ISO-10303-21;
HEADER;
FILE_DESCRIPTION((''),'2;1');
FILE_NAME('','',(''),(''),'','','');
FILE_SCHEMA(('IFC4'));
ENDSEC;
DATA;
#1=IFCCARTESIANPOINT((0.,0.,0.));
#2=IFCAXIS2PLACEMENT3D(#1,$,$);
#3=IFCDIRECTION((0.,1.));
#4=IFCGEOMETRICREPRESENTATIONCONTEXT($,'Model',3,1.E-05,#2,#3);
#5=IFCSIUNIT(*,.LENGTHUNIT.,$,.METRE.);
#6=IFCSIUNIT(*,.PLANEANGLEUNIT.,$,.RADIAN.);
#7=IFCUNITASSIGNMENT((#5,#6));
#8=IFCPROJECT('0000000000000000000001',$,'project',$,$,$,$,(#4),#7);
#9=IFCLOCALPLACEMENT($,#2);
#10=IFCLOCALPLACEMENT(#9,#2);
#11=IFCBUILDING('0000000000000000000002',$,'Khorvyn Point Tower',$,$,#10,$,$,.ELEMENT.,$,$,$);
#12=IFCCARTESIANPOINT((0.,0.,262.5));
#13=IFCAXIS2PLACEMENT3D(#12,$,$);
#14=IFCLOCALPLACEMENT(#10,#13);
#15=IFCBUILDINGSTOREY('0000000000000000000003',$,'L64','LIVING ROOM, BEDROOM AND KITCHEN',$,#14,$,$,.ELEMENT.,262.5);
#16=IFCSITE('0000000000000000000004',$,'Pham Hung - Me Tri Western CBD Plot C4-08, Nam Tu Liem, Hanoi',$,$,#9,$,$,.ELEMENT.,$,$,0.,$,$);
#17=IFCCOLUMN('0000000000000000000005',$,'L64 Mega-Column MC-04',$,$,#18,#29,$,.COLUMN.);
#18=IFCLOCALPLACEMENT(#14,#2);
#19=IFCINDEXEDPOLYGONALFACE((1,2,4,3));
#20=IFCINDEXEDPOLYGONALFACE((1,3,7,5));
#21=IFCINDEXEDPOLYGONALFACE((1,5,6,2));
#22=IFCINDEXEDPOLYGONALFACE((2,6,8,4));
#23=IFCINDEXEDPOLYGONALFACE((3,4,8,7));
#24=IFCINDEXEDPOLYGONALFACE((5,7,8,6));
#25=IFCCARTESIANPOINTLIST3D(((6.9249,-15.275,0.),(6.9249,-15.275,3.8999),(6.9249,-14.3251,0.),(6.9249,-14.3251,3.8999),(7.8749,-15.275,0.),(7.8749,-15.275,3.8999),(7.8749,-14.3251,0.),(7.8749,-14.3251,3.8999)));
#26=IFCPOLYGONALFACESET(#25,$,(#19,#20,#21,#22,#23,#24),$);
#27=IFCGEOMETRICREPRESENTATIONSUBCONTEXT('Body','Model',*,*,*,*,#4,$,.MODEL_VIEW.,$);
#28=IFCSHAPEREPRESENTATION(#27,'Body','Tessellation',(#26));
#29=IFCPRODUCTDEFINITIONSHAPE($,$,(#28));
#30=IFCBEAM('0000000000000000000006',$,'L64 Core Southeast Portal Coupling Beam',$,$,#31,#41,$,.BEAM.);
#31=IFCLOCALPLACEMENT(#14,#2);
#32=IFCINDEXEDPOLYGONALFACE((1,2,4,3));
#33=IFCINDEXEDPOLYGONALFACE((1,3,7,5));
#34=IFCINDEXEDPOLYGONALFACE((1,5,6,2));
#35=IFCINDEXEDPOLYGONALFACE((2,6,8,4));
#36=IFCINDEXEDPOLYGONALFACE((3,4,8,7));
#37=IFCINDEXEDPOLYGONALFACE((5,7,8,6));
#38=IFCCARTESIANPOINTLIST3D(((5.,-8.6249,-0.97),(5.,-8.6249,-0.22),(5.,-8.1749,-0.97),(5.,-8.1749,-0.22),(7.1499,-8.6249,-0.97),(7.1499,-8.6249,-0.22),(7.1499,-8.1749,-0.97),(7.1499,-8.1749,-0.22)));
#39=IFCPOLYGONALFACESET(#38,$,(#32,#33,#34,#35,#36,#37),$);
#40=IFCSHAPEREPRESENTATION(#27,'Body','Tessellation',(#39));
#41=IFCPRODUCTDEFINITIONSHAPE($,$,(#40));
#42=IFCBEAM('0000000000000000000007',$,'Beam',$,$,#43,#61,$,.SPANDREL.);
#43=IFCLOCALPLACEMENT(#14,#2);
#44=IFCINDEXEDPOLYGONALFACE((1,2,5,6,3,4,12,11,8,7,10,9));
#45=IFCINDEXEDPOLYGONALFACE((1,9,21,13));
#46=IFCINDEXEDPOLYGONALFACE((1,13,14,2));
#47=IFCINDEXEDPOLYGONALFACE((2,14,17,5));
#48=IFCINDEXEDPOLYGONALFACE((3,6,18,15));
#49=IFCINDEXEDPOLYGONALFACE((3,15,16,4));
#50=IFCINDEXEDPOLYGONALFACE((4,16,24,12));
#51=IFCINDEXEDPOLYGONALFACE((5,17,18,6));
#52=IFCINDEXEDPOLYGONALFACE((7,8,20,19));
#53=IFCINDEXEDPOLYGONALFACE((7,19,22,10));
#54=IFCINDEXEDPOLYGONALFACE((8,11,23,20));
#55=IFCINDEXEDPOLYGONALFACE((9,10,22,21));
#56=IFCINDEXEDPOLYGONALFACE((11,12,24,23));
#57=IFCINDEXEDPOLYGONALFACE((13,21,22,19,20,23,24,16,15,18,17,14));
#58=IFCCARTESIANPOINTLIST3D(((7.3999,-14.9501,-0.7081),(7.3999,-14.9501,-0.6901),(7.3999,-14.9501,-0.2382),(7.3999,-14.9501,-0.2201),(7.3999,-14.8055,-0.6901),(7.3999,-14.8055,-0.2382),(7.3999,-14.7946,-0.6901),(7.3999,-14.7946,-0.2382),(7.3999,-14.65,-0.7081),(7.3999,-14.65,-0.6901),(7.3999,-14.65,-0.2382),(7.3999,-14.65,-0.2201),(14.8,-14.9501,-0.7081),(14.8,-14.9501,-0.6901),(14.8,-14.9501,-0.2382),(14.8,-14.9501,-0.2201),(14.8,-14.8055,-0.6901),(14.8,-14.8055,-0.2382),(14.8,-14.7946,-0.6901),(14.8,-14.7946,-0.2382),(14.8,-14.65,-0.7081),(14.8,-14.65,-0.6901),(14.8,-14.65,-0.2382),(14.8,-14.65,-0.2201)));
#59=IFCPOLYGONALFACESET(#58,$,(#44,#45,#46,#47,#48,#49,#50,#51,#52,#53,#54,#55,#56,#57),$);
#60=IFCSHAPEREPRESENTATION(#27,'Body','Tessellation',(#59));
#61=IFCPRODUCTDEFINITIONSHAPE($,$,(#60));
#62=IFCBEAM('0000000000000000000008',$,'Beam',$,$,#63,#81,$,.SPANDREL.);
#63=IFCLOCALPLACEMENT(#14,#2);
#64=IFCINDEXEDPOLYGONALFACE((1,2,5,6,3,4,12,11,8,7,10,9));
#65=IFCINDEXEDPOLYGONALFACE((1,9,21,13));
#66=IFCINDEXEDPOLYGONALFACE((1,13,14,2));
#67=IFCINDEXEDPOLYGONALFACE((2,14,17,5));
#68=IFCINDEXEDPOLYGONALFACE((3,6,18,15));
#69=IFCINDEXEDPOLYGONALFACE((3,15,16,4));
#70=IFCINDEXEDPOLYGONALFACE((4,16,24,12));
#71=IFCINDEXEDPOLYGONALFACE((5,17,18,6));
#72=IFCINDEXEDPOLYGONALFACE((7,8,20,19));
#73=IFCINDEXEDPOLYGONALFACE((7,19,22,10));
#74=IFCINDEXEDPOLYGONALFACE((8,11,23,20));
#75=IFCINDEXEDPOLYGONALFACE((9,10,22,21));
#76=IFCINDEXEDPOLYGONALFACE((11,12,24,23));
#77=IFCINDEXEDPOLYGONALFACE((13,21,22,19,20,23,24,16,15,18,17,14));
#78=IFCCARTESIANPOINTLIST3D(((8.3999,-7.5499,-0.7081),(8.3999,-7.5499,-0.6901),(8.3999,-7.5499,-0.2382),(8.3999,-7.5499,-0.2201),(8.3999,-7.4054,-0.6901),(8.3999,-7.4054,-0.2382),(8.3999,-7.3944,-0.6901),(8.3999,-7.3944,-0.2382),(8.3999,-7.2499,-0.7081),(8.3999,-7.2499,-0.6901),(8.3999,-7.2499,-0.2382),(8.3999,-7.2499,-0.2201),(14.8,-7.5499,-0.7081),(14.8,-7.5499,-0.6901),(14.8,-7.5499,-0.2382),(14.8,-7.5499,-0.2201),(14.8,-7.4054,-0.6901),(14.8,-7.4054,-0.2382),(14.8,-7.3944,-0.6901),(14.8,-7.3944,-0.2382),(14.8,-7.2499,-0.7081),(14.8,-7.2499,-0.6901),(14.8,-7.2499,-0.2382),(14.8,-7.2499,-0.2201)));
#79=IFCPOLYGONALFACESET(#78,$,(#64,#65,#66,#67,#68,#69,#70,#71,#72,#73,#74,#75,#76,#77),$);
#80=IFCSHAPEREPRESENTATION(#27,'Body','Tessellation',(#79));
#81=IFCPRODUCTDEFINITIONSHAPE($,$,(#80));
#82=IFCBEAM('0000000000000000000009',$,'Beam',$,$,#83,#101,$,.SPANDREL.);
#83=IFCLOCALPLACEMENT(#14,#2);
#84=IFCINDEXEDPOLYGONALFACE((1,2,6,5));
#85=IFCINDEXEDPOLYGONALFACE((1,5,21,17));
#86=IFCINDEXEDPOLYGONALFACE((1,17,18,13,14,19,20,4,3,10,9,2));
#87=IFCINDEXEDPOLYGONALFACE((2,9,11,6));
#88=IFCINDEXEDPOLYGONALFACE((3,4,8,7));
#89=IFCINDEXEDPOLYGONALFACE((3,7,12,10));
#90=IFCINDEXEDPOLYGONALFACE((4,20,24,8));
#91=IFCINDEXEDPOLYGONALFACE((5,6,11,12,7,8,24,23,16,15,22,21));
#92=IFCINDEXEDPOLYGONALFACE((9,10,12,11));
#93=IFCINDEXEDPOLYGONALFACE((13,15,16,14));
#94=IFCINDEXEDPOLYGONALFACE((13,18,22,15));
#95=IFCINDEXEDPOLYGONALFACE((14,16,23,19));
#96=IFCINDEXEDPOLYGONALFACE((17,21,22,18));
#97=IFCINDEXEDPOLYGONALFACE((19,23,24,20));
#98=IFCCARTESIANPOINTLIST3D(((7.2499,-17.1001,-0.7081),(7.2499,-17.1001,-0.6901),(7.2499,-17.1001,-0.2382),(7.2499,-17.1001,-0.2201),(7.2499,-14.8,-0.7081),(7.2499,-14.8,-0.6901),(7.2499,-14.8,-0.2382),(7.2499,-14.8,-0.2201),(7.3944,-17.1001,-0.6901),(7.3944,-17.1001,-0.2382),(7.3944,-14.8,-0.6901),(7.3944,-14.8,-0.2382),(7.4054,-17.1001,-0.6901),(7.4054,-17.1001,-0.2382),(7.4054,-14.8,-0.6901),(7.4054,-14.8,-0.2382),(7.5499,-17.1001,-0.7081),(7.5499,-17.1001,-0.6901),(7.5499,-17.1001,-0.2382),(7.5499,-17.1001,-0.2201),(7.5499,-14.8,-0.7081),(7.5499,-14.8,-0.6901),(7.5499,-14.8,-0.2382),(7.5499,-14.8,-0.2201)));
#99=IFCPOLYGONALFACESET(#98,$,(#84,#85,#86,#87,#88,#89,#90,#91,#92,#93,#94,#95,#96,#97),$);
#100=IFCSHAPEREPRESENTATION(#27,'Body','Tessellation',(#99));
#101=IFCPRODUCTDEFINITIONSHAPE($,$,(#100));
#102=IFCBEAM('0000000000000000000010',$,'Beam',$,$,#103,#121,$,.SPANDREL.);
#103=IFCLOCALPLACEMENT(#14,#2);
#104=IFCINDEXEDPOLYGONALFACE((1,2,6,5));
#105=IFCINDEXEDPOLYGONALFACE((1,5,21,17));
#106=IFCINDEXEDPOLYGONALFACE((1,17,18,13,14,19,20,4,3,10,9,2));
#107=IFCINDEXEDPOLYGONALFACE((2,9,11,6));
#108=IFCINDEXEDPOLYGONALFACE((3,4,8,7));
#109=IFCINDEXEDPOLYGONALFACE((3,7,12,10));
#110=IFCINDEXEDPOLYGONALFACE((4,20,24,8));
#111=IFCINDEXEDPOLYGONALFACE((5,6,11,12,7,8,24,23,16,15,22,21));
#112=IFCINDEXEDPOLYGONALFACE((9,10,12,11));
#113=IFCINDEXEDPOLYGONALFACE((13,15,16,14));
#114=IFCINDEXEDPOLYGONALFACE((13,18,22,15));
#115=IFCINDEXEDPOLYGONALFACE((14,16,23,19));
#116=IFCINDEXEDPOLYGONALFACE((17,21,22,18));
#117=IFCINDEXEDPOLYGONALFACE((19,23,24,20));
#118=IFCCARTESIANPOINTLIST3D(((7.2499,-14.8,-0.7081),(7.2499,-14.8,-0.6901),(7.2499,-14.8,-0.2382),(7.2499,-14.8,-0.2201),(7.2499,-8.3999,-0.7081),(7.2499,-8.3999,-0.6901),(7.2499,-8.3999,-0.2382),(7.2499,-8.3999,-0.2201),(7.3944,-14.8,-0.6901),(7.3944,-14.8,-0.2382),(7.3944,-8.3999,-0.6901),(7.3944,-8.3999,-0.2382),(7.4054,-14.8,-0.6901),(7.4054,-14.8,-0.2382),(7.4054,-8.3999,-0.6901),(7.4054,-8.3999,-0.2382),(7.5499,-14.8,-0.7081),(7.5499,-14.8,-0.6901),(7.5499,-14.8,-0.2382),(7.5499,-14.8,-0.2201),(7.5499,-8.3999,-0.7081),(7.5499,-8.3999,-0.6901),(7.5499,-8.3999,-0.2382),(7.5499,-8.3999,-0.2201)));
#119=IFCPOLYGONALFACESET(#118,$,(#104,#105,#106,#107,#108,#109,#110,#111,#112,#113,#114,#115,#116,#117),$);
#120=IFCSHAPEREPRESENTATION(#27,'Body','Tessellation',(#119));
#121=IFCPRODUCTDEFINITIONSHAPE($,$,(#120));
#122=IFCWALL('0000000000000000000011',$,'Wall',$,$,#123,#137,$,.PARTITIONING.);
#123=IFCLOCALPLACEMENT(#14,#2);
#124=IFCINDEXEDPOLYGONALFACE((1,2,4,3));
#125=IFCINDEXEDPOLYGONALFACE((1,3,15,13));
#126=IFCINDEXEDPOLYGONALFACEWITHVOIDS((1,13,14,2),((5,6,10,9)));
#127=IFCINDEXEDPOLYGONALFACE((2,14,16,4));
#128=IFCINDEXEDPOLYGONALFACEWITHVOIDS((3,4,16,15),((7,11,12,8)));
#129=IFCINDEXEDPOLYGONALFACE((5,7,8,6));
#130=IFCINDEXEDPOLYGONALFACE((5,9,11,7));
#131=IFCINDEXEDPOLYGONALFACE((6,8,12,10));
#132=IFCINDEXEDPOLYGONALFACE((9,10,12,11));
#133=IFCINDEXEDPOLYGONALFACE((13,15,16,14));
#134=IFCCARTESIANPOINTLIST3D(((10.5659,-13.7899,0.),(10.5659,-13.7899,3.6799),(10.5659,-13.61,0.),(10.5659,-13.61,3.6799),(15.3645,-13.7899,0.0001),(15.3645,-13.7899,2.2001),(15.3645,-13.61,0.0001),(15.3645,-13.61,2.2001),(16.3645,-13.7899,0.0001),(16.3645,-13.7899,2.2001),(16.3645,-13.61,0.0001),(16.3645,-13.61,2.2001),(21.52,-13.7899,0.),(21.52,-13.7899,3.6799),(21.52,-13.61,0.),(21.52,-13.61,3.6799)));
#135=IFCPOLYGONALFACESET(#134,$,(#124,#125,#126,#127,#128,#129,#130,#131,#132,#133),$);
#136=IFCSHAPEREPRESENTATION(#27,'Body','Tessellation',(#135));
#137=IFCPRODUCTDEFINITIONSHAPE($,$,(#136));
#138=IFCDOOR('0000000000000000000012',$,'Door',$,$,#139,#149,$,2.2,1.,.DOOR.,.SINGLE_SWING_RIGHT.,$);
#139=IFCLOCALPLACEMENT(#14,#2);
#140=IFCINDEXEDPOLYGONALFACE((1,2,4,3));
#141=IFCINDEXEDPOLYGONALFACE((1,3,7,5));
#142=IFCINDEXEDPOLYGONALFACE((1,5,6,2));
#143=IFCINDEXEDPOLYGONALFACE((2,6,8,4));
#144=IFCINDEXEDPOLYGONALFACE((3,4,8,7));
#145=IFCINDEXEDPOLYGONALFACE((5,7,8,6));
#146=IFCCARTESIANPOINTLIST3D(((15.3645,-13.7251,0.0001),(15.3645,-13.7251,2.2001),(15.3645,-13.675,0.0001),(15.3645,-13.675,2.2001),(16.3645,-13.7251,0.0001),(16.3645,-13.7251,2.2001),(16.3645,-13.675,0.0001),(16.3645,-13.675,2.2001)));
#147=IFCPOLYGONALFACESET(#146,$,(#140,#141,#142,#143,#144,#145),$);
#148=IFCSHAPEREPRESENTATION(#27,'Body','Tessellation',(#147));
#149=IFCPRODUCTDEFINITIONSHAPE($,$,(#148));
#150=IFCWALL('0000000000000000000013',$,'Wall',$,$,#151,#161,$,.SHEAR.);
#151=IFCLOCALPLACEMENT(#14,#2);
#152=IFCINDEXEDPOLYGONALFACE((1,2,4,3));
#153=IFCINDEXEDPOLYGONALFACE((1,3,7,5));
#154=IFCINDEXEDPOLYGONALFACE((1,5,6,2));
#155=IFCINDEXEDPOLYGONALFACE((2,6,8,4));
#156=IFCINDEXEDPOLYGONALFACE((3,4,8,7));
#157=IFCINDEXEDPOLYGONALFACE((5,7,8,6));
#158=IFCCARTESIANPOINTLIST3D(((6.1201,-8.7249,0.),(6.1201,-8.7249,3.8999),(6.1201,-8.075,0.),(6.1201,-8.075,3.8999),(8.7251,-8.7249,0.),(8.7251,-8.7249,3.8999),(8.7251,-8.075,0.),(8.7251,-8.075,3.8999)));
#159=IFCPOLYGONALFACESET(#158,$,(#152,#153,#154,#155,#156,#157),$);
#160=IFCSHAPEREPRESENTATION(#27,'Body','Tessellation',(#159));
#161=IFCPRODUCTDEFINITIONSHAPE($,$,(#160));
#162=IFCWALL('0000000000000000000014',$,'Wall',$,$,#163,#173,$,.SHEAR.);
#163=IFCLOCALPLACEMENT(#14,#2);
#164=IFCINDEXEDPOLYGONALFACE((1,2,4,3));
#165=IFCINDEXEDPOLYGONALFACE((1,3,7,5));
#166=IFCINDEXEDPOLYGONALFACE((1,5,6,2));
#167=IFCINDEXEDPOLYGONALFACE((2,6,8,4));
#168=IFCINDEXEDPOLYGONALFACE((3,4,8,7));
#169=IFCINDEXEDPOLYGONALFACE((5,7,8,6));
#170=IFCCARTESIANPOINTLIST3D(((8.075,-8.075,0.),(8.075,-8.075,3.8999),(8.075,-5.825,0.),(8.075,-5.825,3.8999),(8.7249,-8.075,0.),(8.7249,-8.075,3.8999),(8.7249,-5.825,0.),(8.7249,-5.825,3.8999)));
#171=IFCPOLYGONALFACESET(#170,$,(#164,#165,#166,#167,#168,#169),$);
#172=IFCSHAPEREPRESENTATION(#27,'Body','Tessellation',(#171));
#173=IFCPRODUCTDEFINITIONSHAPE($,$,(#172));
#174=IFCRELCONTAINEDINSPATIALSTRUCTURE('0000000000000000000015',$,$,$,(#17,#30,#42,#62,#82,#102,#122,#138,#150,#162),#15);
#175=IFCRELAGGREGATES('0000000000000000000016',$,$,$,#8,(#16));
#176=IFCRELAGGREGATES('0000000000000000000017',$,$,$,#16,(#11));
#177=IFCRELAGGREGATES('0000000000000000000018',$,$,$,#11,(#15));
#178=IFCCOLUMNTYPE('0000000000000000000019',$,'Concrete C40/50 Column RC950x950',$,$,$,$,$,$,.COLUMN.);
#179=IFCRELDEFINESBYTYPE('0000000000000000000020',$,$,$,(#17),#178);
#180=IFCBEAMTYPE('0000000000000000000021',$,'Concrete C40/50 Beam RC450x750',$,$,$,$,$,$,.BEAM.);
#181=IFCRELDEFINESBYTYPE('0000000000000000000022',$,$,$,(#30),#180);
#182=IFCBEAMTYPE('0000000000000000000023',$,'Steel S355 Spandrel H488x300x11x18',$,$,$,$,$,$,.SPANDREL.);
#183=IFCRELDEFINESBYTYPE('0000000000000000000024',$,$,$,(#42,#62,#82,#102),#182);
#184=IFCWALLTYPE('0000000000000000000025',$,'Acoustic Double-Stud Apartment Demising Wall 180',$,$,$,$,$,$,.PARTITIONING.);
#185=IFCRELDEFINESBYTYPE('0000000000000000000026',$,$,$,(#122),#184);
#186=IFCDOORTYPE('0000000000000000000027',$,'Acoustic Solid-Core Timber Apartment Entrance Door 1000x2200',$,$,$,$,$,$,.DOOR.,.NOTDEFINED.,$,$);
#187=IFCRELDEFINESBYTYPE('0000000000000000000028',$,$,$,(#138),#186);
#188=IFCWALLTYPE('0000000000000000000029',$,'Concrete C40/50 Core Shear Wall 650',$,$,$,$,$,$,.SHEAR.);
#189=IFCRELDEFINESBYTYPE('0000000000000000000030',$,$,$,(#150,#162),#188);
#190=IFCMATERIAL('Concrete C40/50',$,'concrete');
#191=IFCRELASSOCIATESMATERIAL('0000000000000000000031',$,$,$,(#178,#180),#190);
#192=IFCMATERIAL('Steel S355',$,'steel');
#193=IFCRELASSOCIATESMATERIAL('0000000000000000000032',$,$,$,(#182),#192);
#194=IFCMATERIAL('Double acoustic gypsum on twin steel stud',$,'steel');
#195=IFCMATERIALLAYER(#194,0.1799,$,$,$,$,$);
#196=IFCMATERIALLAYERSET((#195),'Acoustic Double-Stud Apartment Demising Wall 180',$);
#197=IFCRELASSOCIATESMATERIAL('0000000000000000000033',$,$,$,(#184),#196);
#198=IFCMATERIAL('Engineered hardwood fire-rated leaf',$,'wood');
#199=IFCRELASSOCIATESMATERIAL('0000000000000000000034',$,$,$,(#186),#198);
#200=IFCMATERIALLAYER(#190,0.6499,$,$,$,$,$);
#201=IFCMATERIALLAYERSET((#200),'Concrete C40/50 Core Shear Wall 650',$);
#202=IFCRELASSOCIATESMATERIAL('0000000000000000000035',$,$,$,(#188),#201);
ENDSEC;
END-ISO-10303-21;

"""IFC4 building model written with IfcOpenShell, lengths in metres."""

from ifc_helpers import new_model, si_unit, direction, frame, frame_2d, origin, origin_2d, place, context, subcontext, project, spatial, rectangle, i_section, extrude, material, layer, layer_set, material_profile, profile_set, type_object, element, fill, save


model = new_model("IFC4")

# Units and contexts
model_context = context("Model", 3, precision=1e-05, world=origin(), true_north=direction((0.0, 1.0)))
body_context = subcontext(model_context, "Body", "Model", "MODEL_VIEW")
ifc_project = project(units=[si_unit("LENGTHUNIT", "METRE"), si_unit("PLANEANGLEUNIT", "RADIAN")], contexts=[model_context])

# Site, building, storey
site_placement = place(None, origin())
site = spatial("IfcSite", under=ifc_project, at=site_placement, Name="Pham Hung - Me Tri Western CBD Plot C4-08, Nam Tu Liem, Hanoi", CompositionType="ELEMENT", RefElevation=0.0)
building_placement = place(site_placement, origin())
building = spatial("IfcBuilding", under=site, at=building_placement, Name="Khorvyn Point Tower", CompositionType="ELEMENT")
storey_placement = place(building_placement, frame((0.0, 0.0, 262.5)))
storey = spatial("IfcBuildingStorey", under=building, at=storey_placement, Name="L64", Description="LIVING ROOM, BEDROOM AND KITCHEN", CompositionType="ELEMENT", Elevation=262.5)

# Column
ifc_material_1 = material(Name="Concrete C40/50", Category="concrete")
ifc_material_profile_1 = material_profile(ifc_material_1, rectangle(XDim=0.95, YDim=0.95, at=origin_2d()))
ifc_profile_set_1 = profile_set([ifc_material_profile_1], Name="Concrete C40/50 RC950x950")
column_type = type_object("IfcColumnType", Name="Concrete C40/50 Column RC950x950", PredefinedType="COLUMN", material=ifc_profile_set_1)
column_placement = place(storey_placement, frame((7.3999, -14.8, 0.0), z_axis=(0.0, 0.0, 1.0), x_axis=(1.0, 0.0, 0.0)))
element("IfcColumn", 1, at=column_placement, inside=storey, type_object=column_type, Name="L64 Mega-Column MC-04", PredefinedType="COLUMN", context=body_context, shape_type="SweptSolid", body=[
    extrude(rectangle(XDim=0.95, YDim=0.95, at=origin_2d()), origin(), (0.0, 0.0, 1.0), 3.8999),
])

# Beams
ifc_material_profile_2 = material_profile(ifc_material_1, rectangle(XDim=0.45, YDim=0.75, at=origin_2d()))
ifc_profile_set_2 = profile_set([ifc_material_profile_2], Name="Concrete C40/50 RC450x750")
beam_type_1 = type_object("IfcBeamType", Name="Concrete C40/50 Beam RC450x750", PredefinedType="BEAM", material=ifc_profile_set_2)
beam_1_placement = place(storey_placement, frame((5.0, -8.3999, -0.595), z_axis=(1.0, 0.0, 0.0), x_axis=(0.0, 1.0, 0.0)))
element("IfcBeam", 2, at=beam_1_placement, inside=storey, type_object=beam_type_1, Name="L64 Core Southeast Portal Coupling Beam", PredefinedType="BEAM", context=body_context, shape_type="SweptSolid", body=[
    extrude(rectangle(XDim=0.45, YDim=0.75, at=origin_2d()), origin(), (0.0, 0.0, 1.0), 2.1499),
])
ifc_material_2 = material(Name="Steel S355", Category="steel")
ifc_material_profile_3 = material_profile(ifc_material_2, i_section(OverallWidth=0.3, OverallDepth=0.488, WebThickness=0.011, FlangeThickness=0.0181, at=origin_2d()))
ifc_profile_set_3 = profile_set([ifc_material_profile_3], Name="Steel S355 H488x300x11x18")
beam_type_2 = type_object("IfcBeamType", Name="Steel S355 Spandrel H488x300x11x18", PredefinedType="SPANDREL", material=ifc_profile_set_3)
beam_2_placement = place(storey_placement, frame((7.3999, -14.8, -0.4641), z_axis=(1.0, 0.0, 0.0), x_axis=(0.0, 1.0, 0.0)))
element("IfcBeam", 3, at=beam_2_placement, inside=storey, type_object=beam_type_2, Name="Beam", PredefinedType="SPANDREL", context=body_context, shape_type="SweptSolid", body=[
    extrude(i_section(OverallWidth=0.3, OverallDepth=0.488, WebThickness=0.011, FlangeThickness=0.0181, at=origin_2d()), origin(), (0.0, 0.0, 1.0), 7.4001),
])
beam_3_placement = place(storey_placement, frame((8.3999, -7.3999, -0.4641), z_axis=(1.0, 0.0, 0.0), x_axis=(0.0, 1.0, 0.0)))
element("IfcBeam", 4, at=beam_3_placement, inside=storey, type_object=beam_type_2, Name="Beam", PredefinedType="SPANDREL", context=body_context, shape_type="SweptSolid", body=[
    extrude(i_section(OverallWidth=0.3, OverallDepth=0.488, WebThickness=0.011, FlangeThickness=0.0181, at=origin_2d()), origin(), (0.0, 0.0, 1.0), 6.4001),
])
beam_4_placement = place(storey_placement, frame((7.3999, -17.1001, -0.4641), z_axis=(0.0, 1.0, 0.0), x_axis=(-1.0, 0.0, 0.0)))
element("IfcBeam", 5, at=beam_4_placement, inside=storey, type_object=beam_type_2, Name="Beam", PredefinedType="SPANDREL", context=body_context, shape_type="SweptSolid", body=[
    extrude(i_section(OverallWidth=0.3, OverallDepth=0.488, WebThickness=0.011, FlangeThickness=0.0181, at=origin_2d()), origin(), (0.0, 0.0, 1.0), 2.3),
])
beam_5_placement = place(storey_placement, frame((7.3999, -14.8, -0.4641), z_axis=(0.0, 1.0, 0.0), x_axis=(-1.0, 0.0, 0.0)))
element("IfcBeam", 6, at=beam_5_placement, inside=storey, type_object=beam_type_2, Name="Beam", PredefinedType="SPANDREL", context=body_context, shape_type="SweptSolid", body=[
    extrude(i_section(OverallWidth=0.3, OverallDepth=0.488, WebThickness=0.011, FlangeThickness=0.0181, at=origin_2d()), origin(), (0.0, 0.0, 1.0), 6.4001),
])

# Wall, opening, door
ifc_material_3 = material(Name="Double acoustic gypsum on twin steel stud", Category="steel")
ifc_layer_1 = layer(ifc_material_3, 0.1799)
ifc_layer_set_1 = layer_set([ifc_layer_1], Name="Acoustic Double-Stud Apartment Demising Wall 180")
wall_type_1 = type_object("IfcWallType", Name="Acoustic Double-Stud Apartment Demising Wall 180", PredefinedType="PARTITIONING", material=ifc_layer_set_1)
wall_1_placement = place(storey_placement, frame((10.5659, -13.7, 0.0), z_axis=(0.0, 0.0, 1.0), x_axis=(1.0, 0.0, 0.0)))
wall_1 = element("IfcWall", 7, at=wall_1_placement, inside=storey, type_object=wall_type_1, Name="Wall", PredefinedType="PARTITIONING", context=body_context, shape_type="SweptSolid", body=[
    extrude(rectangle(XDim=10.9541, YDim=0.1799, at=frame_2d((5.4771, 0.0))), origin(), (0.0, 0.0, 1.0), 3.6799),
])
opening_1_placement = place(wall_1_placement, frame((4.7986, 0.0, 0.0)))
opening_1 = element("IfcOpeningElement", 8, at=opening_1_placement, cuts=wall_1, PredefinedType="OPENING", context=body_context, shape_type="SweptSolid", body=[
    extrude(rectangle(XDim=1.0, YDim=2.2, at=frame_2d((0.5, 1.1001))), frame((0.0, 0.0999, 0.0), z_axis=(0.0, -1.0, 0.0), x_axis=(1.0, 0.0, 0.0)), (0.0, 0.0, 1.0), 0.2),
])
ifc_material_4 = material(Name="Engineered hardwood fire-rated leaf", Category="wood")
door_type_1 = type_object("IfcDoorType", Name="Acoustic Solid-Core Timber Apartment Entrance Door 1000x2200", OperationType="NOTDEFINED", PredefinedType="DOOR", material=ifc_material_4)
door_1_placement = place(opening_1_placement, origin())
door_1 = element("IfcDoor", 9, at=door_1_placement, inside=storey, type_object=door_type_1, Name="Door", OperationType="SINGLE_SWING_RIGHT", OverallHeight=2.2, OverallWidth=1.0, PredefinedType="DOOR", context=body_context, shape_type="SweptSolid", body=[
    extrude(rectangle(XDim=1.0, YDim=2.2, at=frame_2d((0.5, 1.1001))), frame((0.0, 0.0249, 0.0), z_axis=(0.0, -1.0, 0.0), x_axis=(1.0, 0.0, 0.0)), (0.0, 0.0, 1.0), 0.05),
])
fill(opening_1, door_1)

# Walls
ifc_layer_2 = layer(ifc_material_1, 0.6499)
ifc_layer_set_2 = layer_set([ifc_layer_2], Name="Concrete C40/50 Core Shear Wall 650")
wall_type_2 = type_object("IfcWallType", Name="Concrete C40/50 Core Shear Wall 650", PredefinedType="SHEAR", material=ifc_layer_set_2)
wall_2_placement = place(storey_placement, frame((6.1201, -8.3999, 0.0), z_axis=(0.0, 0.0, 1.0), x_axis=(1.0, 0.0, 0.0)))
element("IfcWall", 10, at=wall_2_placement, inside=storey, type_object=wall_type_2, Name="Wall", PredefinedType="SHEAR", context=body_context, shape_type="SweptSolid", body=[
    extrude(rectangle(XDim=2.605, YDim=0.6499, at=frame_2d((1.3025, 0.0))), origin(), (0.0, 0.0, 1.0), 3.8999),
])
wall_3_placement = place(storey_placement, frame((8.3999, -8.075, 0.0), z_axis=(0.0, 0.0, 1.0), x_axis=(0.0, 1.0, 0.0)))
element("IfcWall", 11, at=wall_3_placement, inside=storey, type_object=wall_type_2, Name="Wall", PredefinedType="SHEAR", context=body_context, shape_type="SweptSolid", body=[
    extrude(rectangle(XDim=2.25, YDim=0.6499, at=frame_2d((1.125, 0.0))), origin(), (0.0, 0.0, 1.0), 3.8999),
])

save(model, "model.ifc")
